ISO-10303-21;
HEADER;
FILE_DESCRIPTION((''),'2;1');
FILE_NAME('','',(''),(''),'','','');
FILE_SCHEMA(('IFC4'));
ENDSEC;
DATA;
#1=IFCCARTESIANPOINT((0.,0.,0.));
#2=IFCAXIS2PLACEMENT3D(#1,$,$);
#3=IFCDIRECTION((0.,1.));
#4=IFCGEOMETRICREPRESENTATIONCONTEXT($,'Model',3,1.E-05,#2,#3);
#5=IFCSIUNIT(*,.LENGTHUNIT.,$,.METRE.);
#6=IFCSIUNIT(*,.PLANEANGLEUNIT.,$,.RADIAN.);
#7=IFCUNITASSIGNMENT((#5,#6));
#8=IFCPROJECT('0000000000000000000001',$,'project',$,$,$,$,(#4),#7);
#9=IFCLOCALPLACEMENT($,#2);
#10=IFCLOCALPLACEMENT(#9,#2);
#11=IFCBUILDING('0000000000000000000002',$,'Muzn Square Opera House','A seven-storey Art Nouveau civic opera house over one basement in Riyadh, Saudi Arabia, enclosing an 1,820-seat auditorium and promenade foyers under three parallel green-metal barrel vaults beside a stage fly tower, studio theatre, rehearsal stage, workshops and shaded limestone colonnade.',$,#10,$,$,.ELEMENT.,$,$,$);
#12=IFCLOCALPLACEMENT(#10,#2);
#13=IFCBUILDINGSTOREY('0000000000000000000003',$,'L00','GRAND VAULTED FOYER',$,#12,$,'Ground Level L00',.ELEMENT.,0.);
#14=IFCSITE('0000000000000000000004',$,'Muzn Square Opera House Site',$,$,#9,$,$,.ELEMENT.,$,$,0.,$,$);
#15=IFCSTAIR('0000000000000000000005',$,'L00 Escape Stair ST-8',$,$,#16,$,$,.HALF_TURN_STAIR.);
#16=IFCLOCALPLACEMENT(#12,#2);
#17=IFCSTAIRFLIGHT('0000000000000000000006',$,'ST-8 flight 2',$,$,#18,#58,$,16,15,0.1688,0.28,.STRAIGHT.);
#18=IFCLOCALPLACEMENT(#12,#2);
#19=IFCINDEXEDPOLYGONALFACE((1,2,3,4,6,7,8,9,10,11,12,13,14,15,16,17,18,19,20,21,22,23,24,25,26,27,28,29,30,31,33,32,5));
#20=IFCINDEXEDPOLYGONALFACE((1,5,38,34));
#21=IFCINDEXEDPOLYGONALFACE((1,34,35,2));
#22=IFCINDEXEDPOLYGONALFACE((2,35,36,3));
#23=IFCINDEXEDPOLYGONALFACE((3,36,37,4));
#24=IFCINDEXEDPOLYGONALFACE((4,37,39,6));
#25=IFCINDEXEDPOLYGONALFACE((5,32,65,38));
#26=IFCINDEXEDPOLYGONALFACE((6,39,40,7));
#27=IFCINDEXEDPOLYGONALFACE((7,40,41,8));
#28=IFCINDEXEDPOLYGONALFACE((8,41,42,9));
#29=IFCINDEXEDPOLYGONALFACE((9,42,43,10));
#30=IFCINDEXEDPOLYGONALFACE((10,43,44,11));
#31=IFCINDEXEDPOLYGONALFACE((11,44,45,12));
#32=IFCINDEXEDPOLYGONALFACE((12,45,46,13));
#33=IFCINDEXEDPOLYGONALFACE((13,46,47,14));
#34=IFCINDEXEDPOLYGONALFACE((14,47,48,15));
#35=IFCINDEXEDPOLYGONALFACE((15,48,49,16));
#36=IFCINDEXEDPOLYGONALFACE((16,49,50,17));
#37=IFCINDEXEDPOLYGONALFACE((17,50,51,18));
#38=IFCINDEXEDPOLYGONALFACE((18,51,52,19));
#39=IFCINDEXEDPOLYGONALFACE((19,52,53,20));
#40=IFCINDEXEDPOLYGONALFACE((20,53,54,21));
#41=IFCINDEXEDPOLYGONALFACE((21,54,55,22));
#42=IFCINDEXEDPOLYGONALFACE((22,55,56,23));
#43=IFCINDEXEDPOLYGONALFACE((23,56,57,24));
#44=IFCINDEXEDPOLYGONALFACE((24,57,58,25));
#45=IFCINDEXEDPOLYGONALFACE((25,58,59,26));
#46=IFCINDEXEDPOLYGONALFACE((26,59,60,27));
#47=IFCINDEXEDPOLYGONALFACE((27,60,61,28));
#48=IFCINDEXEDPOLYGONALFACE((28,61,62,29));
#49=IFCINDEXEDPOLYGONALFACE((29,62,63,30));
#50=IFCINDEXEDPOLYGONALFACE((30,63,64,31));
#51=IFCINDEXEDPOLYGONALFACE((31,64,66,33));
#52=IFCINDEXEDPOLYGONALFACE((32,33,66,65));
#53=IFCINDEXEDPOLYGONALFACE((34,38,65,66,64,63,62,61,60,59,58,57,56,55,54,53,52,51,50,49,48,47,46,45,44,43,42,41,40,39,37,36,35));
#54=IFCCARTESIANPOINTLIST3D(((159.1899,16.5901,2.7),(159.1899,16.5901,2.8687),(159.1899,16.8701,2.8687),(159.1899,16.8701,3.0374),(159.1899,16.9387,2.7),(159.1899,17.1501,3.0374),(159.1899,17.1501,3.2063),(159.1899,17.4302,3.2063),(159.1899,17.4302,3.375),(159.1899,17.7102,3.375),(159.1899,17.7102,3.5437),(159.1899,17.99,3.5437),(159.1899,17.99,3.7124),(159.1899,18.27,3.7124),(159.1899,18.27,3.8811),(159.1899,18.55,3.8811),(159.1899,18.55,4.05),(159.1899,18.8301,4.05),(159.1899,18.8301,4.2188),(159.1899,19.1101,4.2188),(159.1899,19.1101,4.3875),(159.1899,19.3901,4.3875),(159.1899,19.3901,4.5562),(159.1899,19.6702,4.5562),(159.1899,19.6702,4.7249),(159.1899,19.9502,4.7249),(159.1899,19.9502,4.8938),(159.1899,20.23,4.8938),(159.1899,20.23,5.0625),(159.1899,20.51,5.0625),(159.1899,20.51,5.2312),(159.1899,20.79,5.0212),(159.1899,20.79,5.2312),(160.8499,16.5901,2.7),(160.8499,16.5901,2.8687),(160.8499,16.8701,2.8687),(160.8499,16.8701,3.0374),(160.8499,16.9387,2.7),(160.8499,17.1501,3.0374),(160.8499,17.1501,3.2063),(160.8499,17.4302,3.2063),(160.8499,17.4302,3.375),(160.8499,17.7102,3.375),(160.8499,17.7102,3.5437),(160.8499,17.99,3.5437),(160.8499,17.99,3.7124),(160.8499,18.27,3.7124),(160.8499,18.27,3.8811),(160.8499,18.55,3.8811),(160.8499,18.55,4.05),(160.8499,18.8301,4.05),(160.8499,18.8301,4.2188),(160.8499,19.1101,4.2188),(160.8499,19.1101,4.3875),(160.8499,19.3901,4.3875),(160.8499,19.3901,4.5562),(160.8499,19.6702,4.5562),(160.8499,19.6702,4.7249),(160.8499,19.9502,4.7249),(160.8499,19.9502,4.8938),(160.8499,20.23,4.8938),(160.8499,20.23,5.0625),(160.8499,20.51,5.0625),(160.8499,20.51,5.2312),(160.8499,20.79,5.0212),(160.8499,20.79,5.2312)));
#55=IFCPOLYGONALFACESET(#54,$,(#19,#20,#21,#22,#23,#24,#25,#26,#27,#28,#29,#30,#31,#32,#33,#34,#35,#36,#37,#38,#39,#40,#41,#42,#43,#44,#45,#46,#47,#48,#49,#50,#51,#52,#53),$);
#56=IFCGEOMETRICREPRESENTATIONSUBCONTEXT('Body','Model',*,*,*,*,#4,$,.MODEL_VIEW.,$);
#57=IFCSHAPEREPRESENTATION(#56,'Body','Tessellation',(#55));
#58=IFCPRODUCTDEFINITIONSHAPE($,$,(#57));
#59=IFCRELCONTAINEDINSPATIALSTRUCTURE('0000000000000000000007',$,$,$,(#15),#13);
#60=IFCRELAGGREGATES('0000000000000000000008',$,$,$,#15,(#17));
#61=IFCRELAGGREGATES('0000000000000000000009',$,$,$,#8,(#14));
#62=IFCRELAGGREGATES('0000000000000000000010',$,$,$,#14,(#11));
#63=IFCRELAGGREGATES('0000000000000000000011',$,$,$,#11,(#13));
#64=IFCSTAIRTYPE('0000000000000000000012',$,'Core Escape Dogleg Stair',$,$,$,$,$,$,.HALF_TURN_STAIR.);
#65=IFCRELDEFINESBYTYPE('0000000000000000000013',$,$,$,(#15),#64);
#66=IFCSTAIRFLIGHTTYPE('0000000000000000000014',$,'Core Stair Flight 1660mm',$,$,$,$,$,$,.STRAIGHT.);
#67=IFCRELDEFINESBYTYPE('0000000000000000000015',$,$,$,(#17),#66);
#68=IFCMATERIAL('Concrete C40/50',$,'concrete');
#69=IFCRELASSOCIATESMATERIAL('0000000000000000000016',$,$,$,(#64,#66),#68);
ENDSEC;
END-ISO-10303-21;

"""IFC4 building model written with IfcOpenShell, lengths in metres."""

from ifc_helpers import new_model, si_unit, direction, frame, origin, place, context, subcontext, project, spatial, polyline, outline, extrude, material, type_object, element, aggregate, save


model = new_model("IFC4")

# Units and contexts
model_context = context("Model", 3, precision=1e-05, world=origin(), true_north=direction((0.0, 1.0)))
body_context = subcontext(model_context, "Body", "Model", "MODEL_VIEW")
ifc_project = project(units=[si_unit("LENGTHUNIT", "METRE"), si_unit("PLANEANGLEUNIT", "RADIAN")], contexts=[model_context])

# Site, building, storey
site_placement = place(None, origin())
site = spatial("IfcSite", under=ifc_project, at=site_placement, Name="Muzn Square Opera House Site", CompositionType="ELEMENT", RefElevation=0.0)
building_placement = place(site_placement, origin())
building = spatial("IfcBuilding", under=site, at=building_placement, Name="Muzn Square Opera House", Description="A seven-storey Art Nouveau civic opera house over one basement in Riyadh, Saudi Arabia, enclosing an 1,820-seat auditorium and promenade foyers under three parallel green-metal barrel vaults beside a stage fly tower, studio theatre, rehearsal stage, workshops and shaded limestone colonnade.", CompositionType="ELEMENT")
storey_placement = place(building_placement, origin())
storey = spatial("IfcBuildingStorey", under=building, at=storey_placement, Name="L00", Description="GRAND VAULTED FOYER", LongName="Ground Level L00", CompositionType="ELEMENT", Elevation=0.0)

# Shared definitions
ifc_material_1 = material(Name="Concrete C40/50", Category="concrete")

# Stair, stair flight
stair_type = type_object("IfcStairType", Name="Core Escape Dogleg Stair", PredefinedType="HALF_TURN_STAIR", material=ifc_material_1)
stair_placement = place(storey_placement, origin())
stair = element("IfcStair", 1, at=stair_placement, inside=storey, type_object=stair_type, Name="L00 Escape Stair ST-8", PredefinedType="HALF_TURN_STAIR")
stair_flight_type = type_object("IfcStairFlightType", Name="Core Stair Flight 1660mm", PredefinedType="STRAIGHT", material=ifc_material_1)
stair_flight_1_placement = place(storey_placement, frame((160.02, 16.5901, 2.7), z_axis=(0.0, 0.0, 1.0), x_axis=(0.0, 1.0, 0.0)))
stair_flight_1 = element("IfcStairFlight", 2, at=stair_flight_1_placement, type_object=stair_flight_type, Name="ST-8 flight 2", NumberOfRisers=16, NumberOfTreads=15, PredefinedType="STRAIGHT", RiserHeight=0.1688, TreadLength=0.28, context=body_context, shape_type="SweptSolid", body=[
    extrude(outline(polyline([(0.0, 0.0), (0.0, 0.1687), (0.28, 0.1687), (0.28, 0.3374), (0.5601, 0.3374), (0.5601, 0.5063), (0.8401, 0.5063), (0.8401, 0.675), (1.1201, 0.675), (1.1201, 0.8438), (1.3999, 0.8438), (1.3999, 1.0125), (1.6799, 1.0125), (1.6799, 1.1812), (1.96, 1.1812), (1.96, 1.3501), (2.24, 1.3501), (2.24, 1.5188), (2.52, 1.5188), (2.52, 1.6875), (2.8, 1.6875), (2.8, 1.8562), (3.0801, 1.8562), (3.0801, 2.0249), (3.3601, 2.0249), (3.3601, 2.1938), (3.6399, 2.1938), (3.6399, 2.3625), (3.9199, 2.3625), (3.9199, 2.5312), (4.2, 2.5312), (4.2, 2.7), (4.2, 2.3213), (0.3486, 0.0), (0.0, 0.0)])), frame((0.0, 0.8301, 0.0), z_axis=(0.0, -1.0, 0.0), x_axis=(1.0, 0.0, 0.0)), (0.0, 0.0, 1.0), 1.6599),
])
aggregate(stair, [stair_flight_1])

save(model, "model.ifc")
